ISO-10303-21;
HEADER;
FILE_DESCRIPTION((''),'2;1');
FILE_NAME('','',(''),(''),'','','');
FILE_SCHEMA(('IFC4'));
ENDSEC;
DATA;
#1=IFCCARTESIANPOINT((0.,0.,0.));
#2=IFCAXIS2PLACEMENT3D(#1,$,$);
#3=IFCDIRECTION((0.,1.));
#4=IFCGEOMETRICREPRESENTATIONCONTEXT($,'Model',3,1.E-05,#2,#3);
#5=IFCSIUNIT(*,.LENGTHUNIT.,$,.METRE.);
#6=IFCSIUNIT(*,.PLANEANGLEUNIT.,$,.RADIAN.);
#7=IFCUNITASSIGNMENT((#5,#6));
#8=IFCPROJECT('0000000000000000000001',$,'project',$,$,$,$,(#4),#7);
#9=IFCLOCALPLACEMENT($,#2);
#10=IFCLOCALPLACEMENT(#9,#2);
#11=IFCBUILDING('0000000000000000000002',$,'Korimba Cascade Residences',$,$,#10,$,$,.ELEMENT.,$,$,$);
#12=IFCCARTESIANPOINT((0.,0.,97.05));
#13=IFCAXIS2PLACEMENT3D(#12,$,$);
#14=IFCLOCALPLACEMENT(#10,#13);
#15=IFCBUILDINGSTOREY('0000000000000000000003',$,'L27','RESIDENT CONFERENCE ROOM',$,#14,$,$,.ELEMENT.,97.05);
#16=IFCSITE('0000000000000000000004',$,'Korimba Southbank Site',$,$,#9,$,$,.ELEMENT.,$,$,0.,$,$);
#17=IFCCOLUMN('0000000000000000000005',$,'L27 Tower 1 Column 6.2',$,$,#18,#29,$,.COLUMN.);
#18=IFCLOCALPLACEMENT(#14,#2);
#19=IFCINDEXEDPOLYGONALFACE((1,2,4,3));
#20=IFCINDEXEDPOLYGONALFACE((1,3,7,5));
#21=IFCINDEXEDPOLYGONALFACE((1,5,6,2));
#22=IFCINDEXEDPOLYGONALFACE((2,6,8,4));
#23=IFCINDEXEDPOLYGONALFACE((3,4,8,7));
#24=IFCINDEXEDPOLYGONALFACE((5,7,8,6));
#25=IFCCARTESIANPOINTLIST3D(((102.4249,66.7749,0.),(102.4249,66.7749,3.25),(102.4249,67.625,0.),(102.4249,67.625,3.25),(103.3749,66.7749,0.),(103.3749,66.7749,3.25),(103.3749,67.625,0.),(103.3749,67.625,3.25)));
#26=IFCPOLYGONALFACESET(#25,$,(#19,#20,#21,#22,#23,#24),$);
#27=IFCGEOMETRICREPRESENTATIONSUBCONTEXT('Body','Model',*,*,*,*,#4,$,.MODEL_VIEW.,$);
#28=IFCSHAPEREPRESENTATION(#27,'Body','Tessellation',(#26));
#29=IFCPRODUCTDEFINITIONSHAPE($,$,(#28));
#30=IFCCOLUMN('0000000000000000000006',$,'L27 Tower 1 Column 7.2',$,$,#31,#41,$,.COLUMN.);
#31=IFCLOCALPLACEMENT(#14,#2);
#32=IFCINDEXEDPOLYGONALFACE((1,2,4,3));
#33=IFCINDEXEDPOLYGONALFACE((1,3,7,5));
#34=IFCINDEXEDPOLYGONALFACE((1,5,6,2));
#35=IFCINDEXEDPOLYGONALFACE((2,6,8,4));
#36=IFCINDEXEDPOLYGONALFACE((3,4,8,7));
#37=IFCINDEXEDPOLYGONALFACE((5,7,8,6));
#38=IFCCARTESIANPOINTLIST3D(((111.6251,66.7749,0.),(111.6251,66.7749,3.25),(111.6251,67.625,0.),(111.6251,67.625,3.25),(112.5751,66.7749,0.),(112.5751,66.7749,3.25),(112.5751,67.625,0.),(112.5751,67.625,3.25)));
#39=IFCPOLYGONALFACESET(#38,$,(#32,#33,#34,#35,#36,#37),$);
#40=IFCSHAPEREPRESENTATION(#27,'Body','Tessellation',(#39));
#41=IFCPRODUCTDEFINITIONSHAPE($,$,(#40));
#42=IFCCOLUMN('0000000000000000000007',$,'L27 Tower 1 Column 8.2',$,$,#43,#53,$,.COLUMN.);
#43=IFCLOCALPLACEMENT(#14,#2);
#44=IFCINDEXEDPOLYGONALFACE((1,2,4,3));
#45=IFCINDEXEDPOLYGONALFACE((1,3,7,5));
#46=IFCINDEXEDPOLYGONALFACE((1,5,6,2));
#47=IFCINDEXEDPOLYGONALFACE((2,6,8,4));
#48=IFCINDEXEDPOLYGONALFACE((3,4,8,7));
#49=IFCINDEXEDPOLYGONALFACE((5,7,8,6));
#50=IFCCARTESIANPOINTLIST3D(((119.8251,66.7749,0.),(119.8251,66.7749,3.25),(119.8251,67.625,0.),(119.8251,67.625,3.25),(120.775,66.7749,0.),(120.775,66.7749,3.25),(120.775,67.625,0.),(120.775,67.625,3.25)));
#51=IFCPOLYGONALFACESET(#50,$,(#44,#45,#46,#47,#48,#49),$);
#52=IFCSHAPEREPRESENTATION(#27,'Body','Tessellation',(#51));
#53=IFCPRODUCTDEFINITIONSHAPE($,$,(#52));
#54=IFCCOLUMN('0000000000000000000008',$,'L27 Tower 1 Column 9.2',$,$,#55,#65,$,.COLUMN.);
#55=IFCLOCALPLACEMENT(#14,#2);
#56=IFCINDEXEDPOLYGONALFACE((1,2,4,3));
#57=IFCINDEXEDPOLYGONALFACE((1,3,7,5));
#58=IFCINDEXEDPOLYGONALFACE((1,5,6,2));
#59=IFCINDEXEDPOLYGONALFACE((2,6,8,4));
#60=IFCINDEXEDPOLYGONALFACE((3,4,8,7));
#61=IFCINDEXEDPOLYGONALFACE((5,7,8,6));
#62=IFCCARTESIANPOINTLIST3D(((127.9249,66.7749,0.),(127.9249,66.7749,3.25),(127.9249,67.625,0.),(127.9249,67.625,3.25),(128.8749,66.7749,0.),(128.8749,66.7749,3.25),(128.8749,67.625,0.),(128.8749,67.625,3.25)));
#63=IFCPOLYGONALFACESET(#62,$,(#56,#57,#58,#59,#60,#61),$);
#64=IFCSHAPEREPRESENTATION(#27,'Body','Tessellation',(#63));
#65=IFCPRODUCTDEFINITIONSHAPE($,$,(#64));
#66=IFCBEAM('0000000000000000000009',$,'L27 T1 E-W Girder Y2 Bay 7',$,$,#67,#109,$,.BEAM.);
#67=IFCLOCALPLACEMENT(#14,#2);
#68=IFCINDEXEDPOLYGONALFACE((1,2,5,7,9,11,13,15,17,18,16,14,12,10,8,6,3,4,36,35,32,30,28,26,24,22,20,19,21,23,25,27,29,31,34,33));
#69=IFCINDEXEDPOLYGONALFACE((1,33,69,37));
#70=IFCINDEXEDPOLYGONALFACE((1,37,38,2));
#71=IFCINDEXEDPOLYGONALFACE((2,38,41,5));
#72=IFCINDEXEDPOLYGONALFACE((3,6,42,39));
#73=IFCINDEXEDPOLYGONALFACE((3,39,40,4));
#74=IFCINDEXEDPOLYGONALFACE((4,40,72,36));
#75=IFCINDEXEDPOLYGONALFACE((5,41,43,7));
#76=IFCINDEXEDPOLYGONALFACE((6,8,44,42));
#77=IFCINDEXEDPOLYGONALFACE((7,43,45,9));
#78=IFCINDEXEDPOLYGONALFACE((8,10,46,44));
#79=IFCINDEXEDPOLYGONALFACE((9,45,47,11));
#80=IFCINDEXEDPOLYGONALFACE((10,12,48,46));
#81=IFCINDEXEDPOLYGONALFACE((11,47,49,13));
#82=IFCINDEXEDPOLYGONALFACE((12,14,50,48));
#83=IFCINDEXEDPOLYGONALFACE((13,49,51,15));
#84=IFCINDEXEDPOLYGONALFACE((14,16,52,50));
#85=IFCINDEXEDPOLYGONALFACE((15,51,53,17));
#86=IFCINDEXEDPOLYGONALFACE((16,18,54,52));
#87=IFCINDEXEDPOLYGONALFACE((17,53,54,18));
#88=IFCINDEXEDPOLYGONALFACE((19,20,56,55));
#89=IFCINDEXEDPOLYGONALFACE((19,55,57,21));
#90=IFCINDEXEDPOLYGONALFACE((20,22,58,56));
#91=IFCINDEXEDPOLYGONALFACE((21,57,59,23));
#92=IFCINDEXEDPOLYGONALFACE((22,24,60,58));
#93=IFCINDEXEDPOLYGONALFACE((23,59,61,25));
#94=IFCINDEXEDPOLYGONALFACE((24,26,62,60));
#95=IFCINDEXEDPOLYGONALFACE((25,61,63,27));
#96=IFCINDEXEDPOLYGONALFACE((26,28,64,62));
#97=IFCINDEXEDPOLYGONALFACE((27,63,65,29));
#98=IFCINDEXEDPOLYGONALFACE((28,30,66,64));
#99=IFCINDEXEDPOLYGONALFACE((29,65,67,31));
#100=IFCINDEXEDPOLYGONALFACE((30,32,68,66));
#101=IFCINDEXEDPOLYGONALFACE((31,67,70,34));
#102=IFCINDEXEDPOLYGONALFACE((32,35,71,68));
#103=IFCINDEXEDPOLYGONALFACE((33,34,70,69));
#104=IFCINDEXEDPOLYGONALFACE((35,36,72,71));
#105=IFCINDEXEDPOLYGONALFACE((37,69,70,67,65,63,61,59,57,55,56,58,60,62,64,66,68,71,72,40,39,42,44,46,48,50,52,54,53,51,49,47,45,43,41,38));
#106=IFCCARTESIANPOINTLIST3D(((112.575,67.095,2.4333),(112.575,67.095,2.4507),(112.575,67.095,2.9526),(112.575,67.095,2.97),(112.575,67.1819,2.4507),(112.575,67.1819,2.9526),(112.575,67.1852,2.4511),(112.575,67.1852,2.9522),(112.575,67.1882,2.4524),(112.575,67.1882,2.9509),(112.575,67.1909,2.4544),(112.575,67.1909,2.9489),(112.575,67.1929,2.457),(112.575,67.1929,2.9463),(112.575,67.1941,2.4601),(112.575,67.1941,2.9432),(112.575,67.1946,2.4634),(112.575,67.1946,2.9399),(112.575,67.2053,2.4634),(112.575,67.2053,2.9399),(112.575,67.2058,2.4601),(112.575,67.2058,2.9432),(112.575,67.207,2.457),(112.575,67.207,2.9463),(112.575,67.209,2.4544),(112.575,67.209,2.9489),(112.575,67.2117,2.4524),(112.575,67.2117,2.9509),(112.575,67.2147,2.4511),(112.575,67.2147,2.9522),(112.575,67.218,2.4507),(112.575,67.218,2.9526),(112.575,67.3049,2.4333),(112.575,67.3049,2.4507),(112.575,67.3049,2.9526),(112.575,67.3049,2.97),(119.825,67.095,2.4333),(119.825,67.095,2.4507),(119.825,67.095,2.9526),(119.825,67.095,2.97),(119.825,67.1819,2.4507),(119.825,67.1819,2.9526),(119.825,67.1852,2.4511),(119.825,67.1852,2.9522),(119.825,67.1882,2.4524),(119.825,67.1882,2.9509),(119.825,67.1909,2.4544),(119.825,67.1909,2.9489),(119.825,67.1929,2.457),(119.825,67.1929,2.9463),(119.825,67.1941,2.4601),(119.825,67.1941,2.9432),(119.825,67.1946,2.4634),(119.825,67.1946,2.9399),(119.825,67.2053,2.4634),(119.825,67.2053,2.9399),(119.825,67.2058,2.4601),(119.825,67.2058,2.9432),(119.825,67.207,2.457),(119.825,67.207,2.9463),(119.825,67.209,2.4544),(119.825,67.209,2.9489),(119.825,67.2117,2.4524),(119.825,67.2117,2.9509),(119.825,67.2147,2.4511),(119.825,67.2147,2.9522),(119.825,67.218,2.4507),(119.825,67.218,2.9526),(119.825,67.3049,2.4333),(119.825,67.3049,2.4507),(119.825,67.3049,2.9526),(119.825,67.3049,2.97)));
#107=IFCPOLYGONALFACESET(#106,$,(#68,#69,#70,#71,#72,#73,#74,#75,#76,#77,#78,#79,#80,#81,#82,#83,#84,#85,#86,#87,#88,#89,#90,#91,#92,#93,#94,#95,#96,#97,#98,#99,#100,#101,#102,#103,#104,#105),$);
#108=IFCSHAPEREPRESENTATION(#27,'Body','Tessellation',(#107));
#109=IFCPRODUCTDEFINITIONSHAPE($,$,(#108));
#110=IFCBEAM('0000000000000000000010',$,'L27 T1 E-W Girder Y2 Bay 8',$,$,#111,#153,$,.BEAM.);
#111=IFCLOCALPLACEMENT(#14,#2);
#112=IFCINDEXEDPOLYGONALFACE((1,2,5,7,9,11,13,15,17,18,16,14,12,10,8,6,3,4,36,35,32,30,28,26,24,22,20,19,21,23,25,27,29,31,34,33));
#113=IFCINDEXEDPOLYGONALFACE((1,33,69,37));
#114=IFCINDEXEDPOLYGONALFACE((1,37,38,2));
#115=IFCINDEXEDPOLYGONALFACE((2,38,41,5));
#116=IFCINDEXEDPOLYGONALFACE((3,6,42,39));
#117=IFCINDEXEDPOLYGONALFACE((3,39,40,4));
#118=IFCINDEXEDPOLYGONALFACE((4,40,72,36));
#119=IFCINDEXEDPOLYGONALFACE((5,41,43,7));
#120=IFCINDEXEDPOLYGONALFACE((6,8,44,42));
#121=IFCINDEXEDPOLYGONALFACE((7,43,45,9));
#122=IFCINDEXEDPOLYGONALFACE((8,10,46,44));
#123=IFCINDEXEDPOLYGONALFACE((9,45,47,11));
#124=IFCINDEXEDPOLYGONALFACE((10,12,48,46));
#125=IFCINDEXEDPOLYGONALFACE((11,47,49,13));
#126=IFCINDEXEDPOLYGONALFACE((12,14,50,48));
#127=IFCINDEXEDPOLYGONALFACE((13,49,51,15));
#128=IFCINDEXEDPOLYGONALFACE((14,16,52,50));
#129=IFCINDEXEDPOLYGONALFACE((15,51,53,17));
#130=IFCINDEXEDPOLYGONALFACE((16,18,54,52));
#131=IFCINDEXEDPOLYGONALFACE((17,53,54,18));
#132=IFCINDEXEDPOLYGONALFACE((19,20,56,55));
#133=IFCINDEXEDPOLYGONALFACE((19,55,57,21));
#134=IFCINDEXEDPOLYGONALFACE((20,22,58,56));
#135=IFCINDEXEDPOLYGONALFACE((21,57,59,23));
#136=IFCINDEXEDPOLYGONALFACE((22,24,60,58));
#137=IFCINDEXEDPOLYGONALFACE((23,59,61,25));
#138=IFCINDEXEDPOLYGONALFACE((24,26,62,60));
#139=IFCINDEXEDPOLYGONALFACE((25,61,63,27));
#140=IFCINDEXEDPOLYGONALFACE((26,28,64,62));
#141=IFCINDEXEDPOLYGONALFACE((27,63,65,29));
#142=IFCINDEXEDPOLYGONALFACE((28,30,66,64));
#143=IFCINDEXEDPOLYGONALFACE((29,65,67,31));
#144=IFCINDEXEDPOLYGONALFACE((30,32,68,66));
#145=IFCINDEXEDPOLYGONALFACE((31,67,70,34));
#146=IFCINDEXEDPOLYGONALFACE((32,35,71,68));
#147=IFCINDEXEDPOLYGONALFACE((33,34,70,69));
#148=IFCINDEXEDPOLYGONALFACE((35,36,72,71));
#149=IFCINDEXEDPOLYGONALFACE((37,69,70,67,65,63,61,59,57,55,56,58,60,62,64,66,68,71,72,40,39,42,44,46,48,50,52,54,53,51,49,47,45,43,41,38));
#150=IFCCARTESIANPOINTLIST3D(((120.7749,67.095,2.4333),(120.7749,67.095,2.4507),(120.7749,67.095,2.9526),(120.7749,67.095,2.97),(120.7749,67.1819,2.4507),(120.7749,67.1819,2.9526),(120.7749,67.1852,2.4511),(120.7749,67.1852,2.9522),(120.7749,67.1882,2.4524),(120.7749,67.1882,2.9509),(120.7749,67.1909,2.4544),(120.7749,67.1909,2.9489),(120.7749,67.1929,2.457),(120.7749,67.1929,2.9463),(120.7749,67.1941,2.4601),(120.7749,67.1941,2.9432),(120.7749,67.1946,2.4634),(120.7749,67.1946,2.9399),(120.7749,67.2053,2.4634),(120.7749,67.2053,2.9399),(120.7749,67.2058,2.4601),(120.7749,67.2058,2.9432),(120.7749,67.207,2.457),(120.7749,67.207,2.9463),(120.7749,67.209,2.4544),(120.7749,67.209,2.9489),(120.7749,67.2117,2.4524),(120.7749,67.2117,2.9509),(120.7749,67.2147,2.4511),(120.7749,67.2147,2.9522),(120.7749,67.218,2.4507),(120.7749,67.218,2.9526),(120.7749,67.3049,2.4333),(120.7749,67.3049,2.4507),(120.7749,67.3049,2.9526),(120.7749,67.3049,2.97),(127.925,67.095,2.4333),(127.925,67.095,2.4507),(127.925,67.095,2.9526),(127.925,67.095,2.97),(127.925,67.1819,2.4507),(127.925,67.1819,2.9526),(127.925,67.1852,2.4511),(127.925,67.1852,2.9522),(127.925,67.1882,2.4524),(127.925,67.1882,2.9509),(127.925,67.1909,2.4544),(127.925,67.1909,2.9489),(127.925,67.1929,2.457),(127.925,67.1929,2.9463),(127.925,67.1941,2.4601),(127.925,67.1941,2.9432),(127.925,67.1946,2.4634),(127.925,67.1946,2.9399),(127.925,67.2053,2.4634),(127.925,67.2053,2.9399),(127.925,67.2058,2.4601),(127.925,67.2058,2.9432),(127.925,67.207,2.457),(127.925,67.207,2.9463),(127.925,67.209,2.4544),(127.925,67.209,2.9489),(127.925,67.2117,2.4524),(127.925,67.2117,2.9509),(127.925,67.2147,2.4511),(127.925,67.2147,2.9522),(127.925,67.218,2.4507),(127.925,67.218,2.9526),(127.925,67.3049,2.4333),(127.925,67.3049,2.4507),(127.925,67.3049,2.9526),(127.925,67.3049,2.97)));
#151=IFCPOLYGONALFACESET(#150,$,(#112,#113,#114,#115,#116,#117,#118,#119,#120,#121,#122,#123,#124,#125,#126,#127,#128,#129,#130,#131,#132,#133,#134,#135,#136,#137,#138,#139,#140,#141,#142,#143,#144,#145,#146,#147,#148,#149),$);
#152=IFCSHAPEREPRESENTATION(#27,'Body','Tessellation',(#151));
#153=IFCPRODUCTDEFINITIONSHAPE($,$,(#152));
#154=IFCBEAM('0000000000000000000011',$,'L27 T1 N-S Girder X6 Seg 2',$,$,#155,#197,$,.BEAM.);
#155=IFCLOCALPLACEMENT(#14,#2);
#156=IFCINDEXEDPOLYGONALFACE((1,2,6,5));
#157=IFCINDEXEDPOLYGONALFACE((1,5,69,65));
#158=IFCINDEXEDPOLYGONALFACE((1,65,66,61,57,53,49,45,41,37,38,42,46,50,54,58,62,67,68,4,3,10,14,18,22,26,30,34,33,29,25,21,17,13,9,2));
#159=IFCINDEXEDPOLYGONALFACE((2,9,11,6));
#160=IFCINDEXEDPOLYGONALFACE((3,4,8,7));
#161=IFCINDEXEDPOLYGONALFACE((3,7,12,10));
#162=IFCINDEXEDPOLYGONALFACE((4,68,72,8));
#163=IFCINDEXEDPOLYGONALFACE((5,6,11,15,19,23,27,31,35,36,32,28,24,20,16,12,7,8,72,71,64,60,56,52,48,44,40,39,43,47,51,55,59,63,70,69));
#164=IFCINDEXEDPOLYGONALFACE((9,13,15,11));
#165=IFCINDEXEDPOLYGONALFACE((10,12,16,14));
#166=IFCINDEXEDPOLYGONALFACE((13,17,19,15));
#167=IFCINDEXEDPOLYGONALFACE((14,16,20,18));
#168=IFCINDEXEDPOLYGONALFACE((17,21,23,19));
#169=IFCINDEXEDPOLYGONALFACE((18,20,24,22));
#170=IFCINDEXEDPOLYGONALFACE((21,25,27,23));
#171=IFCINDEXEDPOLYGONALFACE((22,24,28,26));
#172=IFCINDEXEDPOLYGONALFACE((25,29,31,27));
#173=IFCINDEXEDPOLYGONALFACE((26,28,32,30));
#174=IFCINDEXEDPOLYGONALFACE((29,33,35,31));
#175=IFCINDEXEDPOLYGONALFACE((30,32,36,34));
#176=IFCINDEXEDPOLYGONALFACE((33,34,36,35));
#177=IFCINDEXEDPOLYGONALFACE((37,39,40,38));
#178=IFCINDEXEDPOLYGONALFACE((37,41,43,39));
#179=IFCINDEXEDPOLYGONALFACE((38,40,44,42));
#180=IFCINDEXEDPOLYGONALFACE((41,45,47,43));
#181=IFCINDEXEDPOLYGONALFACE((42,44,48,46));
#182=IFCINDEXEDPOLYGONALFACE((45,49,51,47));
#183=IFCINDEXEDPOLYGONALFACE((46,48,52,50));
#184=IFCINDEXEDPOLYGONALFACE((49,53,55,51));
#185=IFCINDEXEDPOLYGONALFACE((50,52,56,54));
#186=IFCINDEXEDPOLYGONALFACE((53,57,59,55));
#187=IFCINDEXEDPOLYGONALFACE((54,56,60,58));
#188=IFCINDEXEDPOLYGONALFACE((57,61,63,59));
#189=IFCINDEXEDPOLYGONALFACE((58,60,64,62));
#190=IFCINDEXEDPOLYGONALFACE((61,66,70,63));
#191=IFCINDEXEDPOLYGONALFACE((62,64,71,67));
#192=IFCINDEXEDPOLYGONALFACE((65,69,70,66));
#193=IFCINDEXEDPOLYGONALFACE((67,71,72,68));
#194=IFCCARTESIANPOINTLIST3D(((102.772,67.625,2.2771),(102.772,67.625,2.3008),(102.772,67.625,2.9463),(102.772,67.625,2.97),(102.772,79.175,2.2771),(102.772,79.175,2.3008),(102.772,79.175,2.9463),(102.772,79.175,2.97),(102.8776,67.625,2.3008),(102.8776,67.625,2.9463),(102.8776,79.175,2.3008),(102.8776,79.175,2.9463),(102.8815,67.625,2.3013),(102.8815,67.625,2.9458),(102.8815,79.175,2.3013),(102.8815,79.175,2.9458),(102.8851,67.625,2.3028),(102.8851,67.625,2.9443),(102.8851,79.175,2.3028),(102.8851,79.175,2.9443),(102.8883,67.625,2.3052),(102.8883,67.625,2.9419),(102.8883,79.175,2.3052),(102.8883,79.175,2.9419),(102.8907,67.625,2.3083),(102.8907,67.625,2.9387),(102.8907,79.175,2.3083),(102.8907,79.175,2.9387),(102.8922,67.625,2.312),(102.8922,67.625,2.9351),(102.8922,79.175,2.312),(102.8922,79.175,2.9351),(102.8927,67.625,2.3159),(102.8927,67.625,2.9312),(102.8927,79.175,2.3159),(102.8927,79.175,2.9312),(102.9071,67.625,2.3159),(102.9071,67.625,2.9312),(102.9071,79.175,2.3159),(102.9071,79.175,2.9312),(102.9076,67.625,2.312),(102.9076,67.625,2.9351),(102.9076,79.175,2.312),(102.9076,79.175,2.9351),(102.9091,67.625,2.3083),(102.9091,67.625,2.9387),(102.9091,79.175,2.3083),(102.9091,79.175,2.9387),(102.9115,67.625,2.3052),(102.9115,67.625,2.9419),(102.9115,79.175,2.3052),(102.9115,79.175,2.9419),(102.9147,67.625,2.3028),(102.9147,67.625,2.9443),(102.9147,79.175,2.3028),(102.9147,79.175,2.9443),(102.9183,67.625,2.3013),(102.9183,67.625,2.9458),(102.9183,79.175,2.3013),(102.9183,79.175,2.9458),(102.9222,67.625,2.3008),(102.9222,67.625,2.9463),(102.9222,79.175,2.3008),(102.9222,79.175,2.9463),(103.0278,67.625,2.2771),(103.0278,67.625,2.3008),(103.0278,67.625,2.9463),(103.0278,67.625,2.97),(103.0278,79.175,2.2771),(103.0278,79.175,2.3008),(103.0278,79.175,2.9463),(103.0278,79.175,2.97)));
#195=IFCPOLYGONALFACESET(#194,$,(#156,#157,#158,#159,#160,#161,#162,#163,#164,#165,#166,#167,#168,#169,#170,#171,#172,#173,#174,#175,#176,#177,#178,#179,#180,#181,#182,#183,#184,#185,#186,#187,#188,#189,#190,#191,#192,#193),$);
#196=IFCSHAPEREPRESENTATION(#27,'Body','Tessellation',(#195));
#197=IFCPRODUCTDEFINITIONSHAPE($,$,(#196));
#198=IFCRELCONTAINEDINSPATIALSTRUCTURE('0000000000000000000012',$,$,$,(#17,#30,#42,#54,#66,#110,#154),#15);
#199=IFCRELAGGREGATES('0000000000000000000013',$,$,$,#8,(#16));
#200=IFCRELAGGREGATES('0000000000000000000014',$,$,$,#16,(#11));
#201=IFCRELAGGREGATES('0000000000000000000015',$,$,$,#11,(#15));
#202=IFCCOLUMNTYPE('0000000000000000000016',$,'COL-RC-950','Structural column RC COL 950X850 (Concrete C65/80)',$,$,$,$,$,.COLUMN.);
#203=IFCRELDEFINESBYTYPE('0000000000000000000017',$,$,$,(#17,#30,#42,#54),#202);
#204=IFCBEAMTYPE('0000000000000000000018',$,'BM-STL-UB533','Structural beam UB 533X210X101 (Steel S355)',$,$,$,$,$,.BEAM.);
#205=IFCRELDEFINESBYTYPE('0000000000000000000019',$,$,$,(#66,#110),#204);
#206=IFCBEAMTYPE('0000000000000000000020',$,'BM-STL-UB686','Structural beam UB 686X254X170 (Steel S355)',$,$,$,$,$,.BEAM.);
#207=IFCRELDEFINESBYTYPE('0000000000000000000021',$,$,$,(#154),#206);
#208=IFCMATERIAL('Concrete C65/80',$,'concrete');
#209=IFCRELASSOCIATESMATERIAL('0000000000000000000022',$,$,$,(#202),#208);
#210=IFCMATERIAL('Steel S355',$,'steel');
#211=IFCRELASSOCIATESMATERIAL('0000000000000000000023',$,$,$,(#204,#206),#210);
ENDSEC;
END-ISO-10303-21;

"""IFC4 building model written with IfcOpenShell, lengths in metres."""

from ifc_helpers import new_model, si_unit, direction, frame, origin, origin_2d, place, context, subcontext, project, spatial, rectangle, i_section, extrude, material, material_profile, profile_set, type_object, element, save


model = new_model("IFC4")

# Units and contexts
model_context = context("Model", 3, precision=1e-05, world=origin(), true_north=direction((0.0, 1.0)))
body_context = subcontext(model_context, "Body", "Model", "MODEL_VIEW")
ifc_project = project(units=[si_unit("LENGTHUNIT", "METRE"), si_unit("PLANEANGLEUNIT", "RADIAN")], contexts=[model_context])

# Site, building, storey
site_placement = place(None, origin())
site = spatial("IfcSite", under=ifc_project, at=site_placement, Name="Korimba Southbank Site", CompositionType="ELEMENT", RefElevation=0.0)
building_placement = place(site_placement, origin())
building = spatial("IfcBuilding", under=site, at=building_placement, Name="Korimba Cascade Residences", CompositionType="ELEMENT")
storey_placement = place(building_placement, frame((0.0, 0.0, 97.05)))
storey = spatial("IfcBuildingStorey", under=building, at=storey_placement, Name="L27", Description="RESIDENT CONFERENCE ROOM", CompositionType="ELEMENT", Elevation=97.05)

# Columns
ifc_material_1 = material(Name="Concrete C65/80", Category="concrete")
ifc_material_profile_1 = material_profile(ifc_material_1, rectangle(XDim=0.95, YDim=0.8501, at=origin_2d()), Name="Concrete C65/80")
ifc_profile_set_1 = profile_set([ifc_material_profile_1], Name="Concrete C65/80")
column_type = type_object("IfcColumnType", Name="COL-RC-950", Description="Structural column RC COL 950X850 (Concrete C65/80)", PredefinedType="COLUMN", material=ifc_profile_set_1)
for number, where, z_axis, x_axis, name in (
    (1, (102.8999, 67.2, 0.0), (0.0, 0.0, 1.0), (1.0, 0.0, 0.0), "L27 Tower 1 Column 6.2"),
    (2, (112.1001, 67.2, 0.0), (0.0, 0.0, 1.0), (1.0, 0.0, 0.0), "L27 Tower 1 Column 7.2"),
    (3, (120.3, 67.2, 0.0), (0.0, 0.0, 1.0), (1.0, 0.0, 0.0), "L27 Tower 1 Column 8.2"),
    (4, (128.3999, 67.2, 0.0), (0.0, 0.0, 1.0), (1.0, 0.0, 0.0), "L27 Tower 1 Column 9.2"),
):
    element("IfcColumn", number, at=place(storey_placement, frame(where, z_axis=z_axis, x_axis=x_axis)), inside=storey, type_object=column_type, Name=name, PredefinedType="COLUMN", context=body_context, shape_type="SweptSolid", body=[
        extrude(rectangle(XDim=0.95, YDim=0.8501, at=origin_2d()), origin(), (0.0, 0.0, 1.0), 3.25),
    ])

# Beams
ifc_material_2 = material(Name="Steel S355", Category="steel")
ifc_material_profile_2 = material_profile(ifc_material_2, i_section(OverallWidth=0.21, OverallDepth=0.5366, WebThickness=0.0107, FlangeThickness=0.0173, FilletRadius=0.0127, at=origin_2d()), Name="Steel S355")
ifc_profile_set_2 = profile_set([ifc_material_profile_2], Name="Steel S355")
beam_type_1 = type_object("IfcBeamType", Name="BM-STL-UB533", Description="Structural beam UB 533X210X101 (Steel S355)", PredefinedType="BEAM", material=ifc_profile_set_2)
beam_1_placement = place(storey_placement, frame((112.575, 67.2, 2.7017), z_axis=(1.0, 0.0, 0.0), x_axis=(0.0, 1.0, 0.0)))
element("IfcBeam", 5, at=beam_1_placement, inside=storey, type_object=beam_type_1, Name="L27 T1 E-W Girder Y2 Bay 7", PredefinedType="BEAM", context=body_context, shape_type="SweptSolid", body=[
    extrude(i_section(OverallWidth=0.21, OverallDepth=0.5366, WebThickness=0.0107, FlangeThickness=0.0173, FilletRadius=0.0127, at=origin_2d()), origin(), (0.0, 0.0, 1.0), 7.25),
])
beam_2_placement = place(storey_placement, frame((120.7749, 67.2, 2.7017), z_axis=(1.0, 0.0, 0.0), x_axis=(0.0, 1.0, 0.0)))
element("IfcBeam", 6, at=beam_2_placement, inside=storey, type_object=beam_type_1, Name="L27 T1 E-W Girder Y2 Bay 8", PredefinedType="BEAM", context=body_context, shape_type="SweptSolid", body=[
    extrude(i_section(OverallWidth=0.21, OverallDepth=0.5366, WebThickness=0.0107, FlangeThickness=0.0173, FilletRadius=0.0127, at=origin_2d()), origin(), (0.0, 0.0, 1.0), 7.1501),
])
ifc_material_profile_3 = material_profile(ifc_material_2, i_section(OverallWidth=0.2559, OverallDepth=0.6929, WebThickness=0.0144, FlangeThickness=0.0237, FilletRadius=0.0151, at=origin_2d()), Name="Steel S355")
ifc_profile_set_3 = profile_set([ifc_material_profile_3], Name="Steel S355")
beam_type_2 = type_object("IfcBeamType", Name="BM-STL-UB686", Description="Structural beam UB 686X254X170 (Steel S355)", PredefinedType="BEAM", material=ifc_profile_set_3)
beam_3_placement = place(storey_placement, frame((102.8999, 67.625, 2.6235), z_axis=(0.0, 1.0, 0.0), x_axis=(-1.0, 0.0, 0.0)))
element("IfcBeam", 7, at=beam_3_placement, inside=storey, type_object=beam_type_2, Name="L27 T1 N-S Girder X6 Seg 2", PredefinedType="BEAM", context=body_context, shape_type="SweptSolid", body=[
    extrude(i_section(OverallWidth=0.2559, OverallDepth=0.6929, WebThickness=0.0144, FlangeThickness=0.0237, FilletRadius=0.0151, at=origin_2d()), origin(), (0.0, 0.0, 1.0), 11.55),
])

save(model, "model.ifc")
